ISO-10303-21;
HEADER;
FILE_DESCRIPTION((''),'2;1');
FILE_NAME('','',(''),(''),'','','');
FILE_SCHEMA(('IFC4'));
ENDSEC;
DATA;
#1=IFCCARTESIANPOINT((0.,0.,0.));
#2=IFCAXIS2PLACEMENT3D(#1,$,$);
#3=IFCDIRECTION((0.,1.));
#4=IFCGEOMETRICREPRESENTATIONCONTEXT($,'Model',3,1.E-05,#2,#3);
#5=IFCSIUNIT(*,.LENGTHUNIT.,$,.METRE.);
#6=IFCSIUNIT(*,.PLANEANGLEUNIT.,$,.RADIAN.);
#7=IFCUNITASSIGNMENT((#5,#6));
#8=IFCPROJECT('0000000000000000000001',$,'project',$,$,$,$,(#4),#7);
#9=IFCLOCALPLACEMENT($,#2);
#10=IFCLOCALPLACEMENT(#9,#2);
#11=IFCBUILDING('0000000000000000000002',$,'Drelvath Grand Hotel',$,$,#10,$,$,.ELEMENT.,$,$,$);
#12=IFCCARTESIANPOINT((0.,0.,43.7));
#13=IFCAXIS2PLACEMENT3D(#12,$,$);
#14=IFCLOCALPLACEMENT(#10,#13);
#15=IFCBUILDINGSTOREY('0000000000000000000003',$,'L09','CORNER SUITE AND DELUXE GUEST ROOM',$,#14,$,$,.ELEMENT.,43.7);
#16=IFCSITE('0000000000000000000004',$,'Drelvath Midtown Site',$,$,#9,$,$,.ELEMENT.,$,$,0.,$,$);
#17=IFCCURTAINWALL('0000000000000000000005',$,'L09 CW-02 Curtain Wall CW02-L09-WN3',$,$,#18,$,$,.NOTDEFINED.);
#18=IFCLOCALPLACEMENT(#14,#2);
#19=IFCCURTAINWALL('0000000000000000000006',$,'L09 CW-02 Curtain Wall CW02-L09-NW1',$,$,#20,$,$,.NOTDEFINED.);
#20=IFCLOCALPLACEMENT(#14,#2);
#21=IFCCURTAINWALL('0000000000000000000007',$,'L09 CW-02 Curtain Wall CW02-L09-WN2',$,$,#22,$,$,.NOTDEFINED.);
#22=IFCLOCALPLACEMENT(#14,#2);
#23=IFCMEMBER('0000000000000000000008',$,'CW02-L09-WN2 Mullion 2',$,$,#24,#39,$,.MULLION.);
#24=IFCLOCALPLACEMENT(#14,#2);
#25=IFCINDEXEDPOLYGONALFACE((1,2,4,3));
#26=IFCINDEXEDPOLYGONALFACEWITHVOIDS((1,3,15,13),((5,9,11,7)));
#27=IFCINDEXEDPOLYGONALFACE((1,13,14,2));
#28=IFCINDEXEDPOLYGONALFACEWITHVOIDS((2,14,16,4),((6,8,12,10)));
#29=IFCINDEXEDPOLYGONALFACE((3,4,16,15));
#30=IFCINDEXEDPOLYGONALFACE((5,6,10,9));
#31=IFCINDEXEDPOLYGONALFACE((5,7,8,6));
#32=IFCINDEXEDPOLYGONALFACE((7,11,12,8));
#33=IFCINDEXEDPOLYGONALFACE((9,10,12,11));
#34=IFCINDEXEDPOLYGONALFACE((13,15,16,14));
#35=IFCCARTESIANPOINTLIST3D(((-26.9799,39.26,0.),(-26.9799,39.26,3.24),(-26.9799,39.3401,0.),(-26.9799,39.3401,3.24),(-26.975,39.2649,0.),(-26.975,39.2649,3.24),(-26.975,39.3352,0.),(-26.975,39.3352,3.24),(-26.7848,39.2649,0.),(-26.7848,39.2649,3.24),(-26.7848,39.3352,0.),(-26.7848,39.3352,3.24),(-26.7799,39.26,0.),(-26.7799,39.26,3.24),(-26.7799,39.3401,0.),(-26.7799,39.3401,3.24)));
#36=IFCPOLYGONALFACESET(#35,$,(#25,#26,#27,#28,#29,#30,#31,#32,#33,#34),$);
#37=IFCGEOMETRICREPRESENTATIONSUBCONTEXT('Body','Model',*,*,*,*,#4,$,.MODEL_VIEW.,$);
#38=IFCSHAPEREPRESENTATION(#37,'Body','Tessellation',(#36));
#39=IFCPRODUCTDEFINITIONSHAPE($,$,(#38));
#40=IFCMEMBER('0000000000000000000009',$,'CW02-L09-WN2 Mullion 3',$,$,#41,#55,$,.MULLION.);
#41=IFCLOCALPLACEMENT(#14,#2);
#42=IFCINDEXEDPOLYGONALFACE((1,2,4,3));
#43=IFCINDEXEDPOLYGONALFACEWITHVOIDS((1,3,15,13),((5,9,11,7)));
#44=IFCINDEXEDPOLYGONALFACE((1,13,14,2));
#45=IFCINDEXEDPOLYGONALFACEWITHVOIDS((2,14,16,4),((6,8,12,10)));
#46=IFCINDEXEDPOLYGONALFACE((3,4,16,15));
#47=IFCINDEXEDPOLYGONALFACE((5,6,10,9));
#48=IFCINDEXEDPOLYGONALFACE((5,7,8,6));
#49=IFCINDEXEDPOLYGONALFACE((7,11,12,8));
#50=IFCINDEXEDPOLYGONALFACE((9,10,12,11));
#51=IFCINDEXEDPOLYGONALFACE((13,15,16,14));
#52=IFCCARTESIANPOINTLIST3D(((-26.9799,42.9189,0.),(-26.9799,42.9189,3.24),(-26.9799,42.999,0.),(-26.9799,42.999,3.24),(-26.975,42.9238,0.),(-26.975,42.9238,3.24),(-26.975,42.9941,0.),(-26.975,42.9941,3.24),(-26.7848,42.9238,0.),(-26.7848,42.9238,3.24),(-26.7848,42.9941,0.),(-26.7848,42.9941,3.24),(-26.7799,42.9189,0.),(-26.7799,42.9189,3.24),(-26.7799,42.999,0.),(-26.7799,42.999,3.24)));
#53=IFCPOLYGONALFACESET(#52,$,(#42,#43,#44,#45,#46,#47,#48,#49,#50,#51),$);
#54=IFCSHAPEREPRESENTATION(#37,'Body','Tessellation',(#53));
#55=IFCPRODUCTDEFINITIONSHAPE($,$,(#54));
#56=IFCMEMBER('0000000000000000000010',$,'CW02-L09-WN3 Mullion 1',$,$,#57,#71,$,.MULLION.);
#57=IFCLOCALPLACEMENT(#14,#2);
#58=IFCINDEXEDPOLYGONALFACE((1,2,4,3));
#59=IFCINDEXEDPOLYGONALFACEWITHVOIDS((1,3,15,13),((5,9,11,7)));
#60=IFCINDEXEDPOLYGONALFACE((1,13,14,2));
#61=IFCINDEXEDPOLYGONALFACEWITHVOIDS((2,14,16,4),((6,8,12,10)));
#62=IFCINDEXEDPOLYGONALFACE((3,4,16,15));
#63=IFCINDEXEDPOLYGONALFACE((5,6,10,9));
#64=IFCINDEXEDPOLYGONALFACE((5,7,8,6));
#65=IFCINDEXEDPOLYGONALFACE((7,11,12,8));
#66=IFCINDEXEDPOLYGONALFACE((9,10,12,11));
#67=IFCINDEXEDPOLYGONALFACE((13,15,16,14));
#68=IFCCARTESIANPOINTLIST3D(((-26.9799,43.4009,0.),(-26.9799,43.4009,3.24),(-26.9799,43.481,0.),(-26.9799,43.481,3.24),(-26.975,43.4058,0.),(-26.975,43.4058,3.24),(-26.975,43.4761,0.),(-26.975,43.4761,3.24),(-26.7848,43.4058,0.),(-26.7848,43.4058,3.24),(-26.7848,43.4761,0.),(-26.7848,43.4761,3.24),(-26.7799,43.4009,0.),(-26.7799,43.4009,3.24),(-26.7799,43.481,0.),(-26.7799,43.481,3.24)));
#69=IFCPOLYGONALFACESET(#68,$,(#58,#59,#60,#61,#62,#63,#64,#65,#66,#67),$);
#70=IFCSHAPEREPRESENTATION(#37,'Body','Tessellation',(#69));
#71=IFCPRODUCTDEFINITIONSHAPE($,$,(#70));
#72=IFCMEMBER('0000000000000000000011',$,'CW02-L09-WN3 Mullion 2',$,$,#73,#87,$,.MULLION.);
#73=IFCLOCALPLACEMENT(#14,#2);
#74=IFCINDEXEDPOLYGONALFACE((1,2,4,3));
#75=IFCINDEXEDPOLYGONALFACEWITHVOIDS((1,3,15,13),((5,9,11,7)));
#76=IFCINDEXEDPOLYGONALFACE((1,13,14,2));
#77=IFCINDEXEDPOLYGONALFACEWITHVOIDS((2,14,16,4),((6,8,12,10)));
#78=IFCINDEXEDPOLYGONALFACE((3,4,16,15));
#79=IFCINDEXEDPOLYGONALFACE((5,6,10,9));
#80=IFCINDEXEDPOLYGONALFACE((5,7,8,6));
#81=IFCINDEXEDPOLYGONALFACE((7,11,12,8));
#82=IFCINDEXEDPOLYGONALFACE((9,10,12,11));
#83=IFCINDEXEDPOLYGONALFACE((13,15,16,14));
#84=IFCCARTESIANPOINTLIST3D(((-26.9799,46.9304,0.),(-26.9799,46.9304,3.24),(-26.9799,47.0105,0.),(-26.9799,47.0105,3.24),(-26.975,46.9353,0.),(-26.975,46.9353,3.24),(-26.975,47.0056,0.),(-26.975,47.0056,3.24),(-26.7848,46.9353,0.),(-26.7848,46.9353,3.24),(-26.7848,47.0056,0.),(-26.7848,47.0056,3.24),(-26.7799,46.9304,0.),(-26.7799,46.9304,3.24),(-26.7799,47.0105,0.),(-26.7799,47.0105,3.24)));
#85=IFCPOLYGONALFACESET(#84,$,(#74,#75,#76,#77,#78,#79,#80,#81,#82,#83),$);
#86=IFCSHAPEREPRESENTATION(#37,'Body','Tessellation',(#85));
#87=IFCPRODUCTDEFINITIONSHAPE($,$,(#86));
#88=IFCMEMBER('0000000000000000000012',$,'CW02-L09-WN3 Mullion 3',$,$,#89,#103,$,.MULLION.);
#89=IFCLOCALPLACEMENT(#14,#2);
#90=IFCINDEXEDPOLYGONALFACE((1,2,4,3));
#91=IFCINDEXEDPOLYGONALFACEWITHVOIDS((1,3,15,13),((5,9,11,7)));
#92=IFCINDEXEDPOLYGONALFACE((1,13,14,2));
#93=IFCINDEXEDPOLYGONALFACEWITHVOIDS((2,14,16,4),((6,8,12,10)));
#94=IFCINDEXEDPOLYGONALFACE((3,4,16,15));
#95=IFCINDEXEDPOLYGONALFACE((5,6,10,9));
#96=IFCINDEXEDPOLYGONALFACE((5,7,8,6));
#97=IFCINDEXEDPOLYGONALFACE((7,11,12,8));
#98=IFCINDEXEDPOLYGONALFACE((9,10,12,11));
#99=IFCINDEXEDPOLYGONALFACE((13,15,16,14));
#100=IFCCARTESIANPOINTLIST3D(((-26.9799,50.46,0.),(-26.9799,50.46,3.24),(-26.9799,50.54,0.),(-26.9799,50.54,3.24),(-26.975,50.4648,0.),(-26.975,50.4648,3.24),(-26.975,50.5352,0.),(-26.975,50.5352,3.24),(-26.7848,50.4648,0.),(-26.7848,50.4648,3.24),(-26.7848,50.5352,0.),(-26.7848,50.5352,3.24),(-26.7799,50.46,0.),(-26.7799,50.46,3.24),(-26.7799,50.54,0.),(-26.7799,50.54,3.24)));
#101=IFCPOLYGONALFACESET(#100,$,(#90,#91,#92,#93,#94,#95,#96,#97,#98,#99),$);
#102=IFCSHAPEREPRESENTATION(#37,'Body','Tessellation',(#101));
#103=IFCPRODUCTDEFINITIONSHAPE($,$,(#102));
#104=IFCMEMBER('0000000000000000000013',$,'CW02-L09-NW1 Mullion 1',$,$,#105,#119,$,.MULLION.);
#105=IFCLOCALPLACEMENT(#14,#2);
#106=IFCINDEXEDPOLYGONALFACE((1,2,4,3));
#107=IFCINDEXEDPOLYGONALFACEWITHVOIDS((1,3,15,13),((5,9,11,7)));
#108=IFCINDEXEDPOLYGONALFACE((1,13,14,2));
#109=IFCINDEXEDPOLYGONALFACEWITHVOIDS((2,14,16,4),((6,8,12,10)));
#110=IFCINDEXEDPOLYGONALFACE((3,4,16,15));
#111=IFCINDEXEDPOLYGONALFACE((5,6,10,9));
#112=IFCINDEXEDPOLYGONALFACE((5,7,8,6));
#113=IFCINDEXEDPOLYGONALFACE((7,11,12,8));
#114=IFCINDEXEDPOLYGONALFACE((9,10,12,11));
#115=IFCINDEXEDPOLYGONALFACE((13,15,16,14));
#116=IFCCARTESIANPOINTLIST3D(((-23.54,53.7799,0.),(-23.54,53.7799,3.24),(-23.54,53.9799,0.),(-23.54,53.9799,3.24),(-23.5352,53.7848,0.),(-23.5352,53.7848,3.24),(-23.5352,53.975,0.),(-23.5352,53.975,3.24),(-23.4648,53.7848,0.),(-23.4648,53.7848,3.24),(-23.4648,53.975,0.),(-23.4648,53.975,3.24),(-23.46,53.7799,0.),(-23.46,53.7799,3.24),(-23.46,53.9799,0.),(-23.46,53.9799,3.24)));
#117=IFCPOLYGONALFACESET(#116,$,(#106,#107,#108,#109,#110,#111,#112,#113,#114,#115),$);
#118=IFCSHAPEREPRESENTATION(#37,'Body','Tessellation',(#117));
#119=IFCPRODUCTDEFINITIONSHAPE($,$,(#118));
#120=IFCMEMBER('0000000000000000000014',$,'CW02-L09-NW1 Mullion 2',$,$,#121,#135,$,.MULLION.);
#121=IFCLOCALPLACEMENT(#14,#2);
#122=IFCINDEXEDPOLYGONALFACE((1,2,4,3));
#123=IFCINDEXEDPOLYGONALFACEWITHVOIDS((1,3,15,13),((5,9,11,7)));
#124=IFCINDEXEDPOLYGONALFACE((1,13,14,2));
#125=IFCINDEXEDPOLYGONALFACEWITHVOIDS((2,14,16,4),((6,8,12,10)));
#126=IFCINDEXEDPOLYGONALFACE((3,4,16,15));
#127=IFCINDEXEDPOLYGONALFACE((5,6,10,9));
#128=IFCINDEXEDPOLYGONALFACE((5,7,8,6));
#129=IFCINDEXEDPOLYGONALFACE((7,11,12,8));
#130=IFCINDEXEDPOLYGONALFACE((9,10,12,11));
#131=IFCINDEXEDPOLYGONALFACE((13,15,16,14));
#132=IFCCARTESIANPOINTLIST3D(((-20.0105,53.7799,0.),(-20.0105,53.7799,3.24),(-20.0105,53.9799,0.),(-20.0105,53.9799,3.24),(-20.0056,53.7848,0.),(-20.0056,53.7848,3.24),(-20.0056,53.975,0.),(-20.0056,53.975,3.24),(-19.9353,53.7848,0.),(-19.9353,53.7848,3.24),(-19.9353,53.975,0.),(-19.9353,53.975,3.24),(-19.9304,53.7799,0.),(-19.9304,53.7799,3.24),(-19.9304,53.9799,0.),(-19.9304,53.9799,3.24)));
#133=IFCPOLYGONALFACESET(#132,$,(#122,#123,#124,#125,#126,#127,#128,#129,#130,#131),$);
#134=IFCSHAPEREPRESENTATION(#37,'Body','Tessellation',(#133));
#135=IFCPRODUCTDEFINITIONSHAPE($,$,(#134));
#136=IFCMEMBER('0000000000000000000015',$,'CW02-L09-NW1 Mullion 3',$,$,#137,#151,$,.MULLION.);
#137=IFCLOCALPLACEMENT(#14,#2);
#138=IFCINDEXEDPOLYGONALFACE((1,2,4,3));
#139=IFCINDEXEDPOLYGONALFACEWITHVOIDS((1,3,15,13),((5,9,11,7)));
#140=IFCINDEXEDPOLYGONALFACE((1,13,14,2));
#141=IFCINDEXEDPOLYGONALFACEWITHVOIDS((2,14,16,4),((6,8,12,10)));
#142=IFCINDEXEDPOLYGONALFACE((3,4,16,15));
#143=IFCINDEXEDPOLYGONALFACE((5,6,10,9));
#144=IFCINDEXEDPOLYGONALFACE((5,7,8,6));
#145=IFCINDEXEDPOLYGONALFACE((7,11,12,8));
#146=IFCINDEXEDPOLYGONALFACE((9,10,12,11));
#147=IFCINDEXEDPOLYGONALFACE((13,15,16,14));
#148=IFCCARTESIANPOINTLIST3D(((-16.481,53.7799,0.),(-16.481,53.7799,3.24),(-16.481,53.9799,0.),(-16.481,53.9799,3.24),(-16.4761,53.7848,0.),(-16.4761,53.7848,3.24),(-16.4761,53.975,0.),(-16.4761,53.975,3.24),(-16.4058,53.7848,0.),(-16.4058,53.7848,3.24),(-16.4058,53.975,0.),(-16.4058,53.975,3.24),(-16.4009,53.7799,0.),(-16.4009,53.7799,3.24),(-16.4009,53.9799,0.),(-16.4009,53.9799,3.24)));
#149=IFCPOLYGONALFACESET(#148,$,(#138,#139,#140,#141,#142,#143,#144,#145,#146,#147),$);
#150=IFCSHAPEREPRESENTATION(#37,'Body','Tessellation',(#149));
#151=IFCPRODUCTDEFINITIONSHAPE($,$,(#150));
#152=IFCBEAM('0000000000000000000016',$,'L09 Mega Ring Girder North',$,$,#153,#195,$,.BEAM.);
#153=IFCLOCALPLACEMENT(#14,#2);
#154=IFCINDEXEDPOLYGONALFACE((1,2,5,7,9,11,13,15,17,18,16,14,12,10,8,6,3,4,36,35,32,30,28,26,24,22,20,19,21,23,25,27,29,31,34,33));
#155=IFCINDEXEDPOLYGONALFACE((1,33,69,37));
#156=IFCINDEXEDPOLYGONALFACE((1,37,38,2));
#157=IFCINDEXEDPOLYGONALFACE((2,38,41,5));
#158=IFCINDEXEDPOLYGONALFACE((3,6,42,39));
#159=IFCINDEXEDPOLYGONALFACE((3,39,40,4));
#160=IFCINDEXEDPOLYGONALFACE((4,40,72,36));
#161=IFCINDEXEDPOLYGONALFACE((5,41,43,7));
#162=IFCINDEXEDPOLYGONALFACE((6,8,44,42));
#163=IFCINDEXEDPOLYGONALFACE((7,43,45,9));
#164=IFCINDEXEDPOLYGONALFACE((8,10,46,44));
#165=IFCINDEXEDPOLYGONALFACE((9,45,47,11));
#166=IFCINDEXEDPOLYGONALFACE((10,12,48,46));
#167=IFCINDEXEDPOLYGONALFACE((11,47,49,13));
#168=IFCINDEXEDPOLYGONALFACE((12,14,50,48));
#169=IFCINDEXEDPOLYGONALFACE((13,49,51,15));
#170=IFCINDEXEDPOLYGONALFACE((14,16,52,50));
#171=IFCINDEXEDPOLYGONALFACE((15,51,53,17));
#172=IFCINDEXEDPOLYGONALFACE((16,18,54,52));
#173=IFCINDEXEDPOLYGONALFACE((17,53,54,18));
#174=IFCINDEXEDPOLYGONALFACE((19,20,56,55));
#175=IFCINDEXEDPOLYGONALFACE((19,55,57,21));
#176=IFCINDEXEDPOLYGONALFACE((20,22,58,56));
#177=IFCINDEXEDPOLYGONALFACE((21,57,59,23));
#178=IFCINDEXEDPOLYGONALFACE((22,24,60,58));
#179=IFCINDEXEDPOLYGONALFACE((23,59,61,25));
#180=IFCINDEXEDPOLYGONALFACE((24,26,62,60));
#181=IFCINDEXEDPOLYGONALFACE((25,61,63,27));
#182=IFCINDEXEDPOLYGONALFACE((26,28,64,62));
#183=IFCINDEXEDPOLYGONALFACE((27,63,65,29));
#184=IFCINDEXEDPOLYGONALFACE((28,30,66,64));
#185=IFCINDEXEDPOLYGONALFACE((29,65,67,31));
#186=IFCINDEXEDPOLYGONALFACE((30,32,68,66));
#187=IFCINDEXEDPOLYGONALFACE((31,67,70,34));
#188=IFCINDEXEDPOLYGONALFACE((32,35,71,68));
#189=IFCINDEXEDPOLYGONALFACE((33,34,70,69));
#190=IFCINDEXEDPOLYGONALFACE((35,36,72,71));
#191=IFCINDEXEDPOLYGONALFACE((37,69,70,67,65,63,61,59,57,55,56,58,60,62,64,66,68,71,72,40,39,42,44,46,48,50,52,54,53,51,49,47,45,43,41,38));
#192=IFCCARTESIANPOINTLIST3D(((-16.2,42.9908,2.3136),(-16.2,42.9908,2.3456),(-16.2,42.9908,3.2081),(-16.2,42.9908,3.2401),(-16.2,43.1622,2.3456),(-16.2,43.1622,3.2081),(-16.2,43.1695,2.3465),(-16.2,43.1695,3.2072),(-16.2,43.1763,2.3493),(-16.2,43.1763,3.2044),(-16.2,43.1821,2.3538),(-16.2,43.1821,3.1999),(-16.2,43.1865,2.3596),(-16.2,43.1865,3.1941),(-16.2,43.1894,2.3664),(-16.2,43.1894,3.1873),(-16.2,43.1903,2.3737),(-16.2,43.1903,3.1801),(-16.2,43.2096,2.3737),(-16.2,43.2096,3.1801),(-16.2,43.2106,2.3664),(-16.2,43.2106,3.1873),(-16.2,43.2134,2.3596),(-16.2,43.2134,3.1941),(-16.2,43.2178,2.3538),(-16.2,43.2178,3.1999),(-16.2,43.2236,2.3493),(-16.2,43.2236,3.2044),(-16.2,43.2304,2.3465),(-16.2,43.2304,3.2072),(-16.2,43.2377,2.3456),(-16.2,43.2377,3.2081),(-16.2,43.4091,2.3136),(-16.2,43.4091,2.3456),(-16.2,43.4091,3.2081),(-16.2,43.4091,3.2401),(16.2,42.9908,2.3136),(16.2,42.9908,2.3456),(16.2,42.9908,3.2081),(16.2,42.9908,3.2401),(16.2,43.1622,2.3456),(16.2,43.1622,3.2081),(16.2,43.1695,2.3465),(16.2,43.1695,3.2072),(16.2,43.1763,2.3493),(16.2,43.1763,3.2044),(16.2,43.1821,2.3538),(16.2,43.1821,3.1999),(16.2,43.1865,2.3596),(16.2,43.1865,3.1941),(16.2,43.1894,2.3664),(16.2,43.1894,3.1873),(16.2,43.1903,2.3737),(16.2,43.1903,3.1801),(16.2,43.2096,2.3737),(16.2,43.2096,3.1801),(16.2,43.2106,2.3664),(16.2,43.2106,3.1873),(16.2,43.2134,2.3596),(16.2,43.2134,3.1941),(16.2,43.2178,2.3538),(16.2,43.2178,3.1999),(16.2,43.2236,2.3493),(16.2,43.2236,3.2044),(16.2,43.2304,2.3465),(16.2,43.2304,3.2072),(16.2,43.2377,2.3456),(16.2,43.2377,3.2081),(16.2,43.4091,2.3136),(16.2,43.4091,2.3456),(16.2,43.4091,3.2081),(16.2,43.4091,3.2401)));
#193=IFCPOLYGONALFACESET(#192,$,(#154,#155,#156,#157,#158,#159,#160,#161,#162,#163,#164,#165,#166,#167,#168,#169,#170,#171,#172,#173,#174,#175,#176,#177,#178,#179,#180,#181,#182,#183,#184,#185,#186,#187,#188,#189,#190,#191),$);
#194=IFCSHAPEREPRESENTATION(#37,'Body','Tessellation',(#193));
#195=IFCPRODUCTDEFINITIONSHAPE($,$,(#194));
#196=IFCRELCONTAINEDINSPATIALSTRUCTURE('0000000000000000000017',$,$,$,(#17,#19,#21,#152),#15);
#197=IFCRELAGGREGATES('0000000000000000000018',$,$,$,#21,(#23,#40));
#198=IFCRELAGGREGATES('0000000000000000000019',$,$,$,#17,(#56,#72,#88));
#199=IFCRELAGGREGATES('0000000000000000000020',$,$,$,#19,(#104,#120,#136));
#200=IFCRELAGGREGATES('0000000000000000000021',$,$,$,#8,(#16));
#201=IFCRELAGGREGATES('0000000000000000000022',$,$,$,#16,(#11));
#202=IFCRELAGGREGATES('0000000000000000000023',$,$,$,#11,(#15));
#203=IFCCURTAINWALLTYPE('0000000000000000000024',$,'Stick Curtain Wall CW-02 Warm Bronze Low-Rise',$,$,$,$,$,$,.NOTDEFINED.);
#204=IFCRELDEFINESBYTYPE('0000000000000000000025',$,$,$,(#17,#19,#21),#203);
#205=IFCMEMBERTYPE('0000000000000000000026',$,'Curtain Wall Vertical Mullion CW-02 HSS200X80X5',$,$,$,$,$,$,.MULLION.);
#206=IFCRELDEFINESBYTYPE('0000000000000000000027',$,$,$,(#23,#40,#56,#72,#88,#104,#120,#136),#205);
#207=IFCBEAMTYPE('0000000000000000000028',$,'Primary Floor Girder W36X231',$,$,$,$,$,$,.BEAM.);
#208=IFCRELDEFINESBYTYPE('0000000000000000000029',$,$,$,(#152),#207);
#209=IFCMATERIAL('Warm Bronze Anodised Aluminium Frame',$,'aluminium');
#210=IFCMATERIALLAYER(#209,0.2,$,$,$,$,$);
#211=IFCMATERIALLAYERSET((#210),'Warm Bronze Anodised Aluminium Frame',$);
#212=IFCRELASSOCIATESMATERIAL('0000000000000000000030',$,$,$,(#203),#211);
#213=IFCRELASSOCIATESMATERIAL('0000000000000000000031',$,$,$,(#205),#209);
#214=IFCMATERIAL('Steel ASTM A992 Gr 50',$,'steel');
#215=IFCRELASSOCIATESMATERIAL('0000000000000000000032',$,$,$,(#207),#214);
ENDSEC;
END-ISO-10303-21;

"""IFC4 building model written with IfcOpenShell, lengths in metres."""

from ifc_helpers import new_model, si_unit, direction, frame, origin, origin_2d, place, context, subcontext, project, spatial, hollow_rectangle, i_section, extrude, material, layer, layer_set, material_profile, profile_set, type_object, element, aggregate, save


model = new_model("IFC4")

# Units and contexts
model_context = context("Model", 3, precision=1e-05, world=origin(), true_north=direction((0.0, 1.0)))
body_context = subcontext(model_context, "Body", "Model", "MODEL_VIEW")
ifc_project = project(units=[si_unit("LENGTHUNIT", "METRE"), si_unit("PLANEANGLEUNIT", "RADIAN")], contexts=[model_context])

# Site, building, storey
site_placement = place(None, origin())
site = spatial("IfcSite", under=ifc_project, at=site_placement, Name="Drelvath Midtown Site", CompositionType="ELEMENT", RefElevation=0.0)
building_placement = place(site_placement, origin())
building = spatial("IfcBuilding", under=site, at=building_placement, Name="Drelvath Grand Hotel", CompositionType="ELEMENT")
storey_placement = place(building_placement, frame((0.0, 0.0, 43.7)))
storey = spatial("IfcBuildingStorey", under=building, at=storey_placement, Name="L09", Description="CORNER SUITE AND DELUXE GUEST ROOM", CompositionType="ELEMENT", Elevation=43.7)

# Shared definitions
ifc_material_1 = material(Name="Steel ASTM A992 Gr 50", Category="steel")

# Curtain walls
ifc_material_2 = material(Name="Warm Bronze Anodised Aluminium Frame", Category="aluminium")
ifc_layer_1 = layer(ifc_material_2, 0.2)
ifc_layer_set_1 = layer_set([ifc_layer_1], Name="Warm Bronze Anodised Aluminium Frame")
curtain_wall_type = type_object("IfcCurtainWallType", Name="Stick Curtain Wall CW-02 Warm Bronze Low-Rise", PredefinedType="NOTDEFINED", material=ifc_layer_set_1)
curtain_wall_1_placement = place(storey_placement, origin())
curtain_wall_1 = element("IfcCurtainWall", 1, at=curtain_wall_1_placement, inside=storey, type_object=curtain_wall_type, Name="L09 CW-02 Curtain Wall CW02-L09-WN3", PredefinedType="NOTDEFINED")
curtain_wall_2_placement = place(storey_placement, origin())
curtain_wall_2 = element("IfcCurtainWall", 2, at=curtain_wall_2_placement, inside=storey, type_object=curtain_wall_type, Name="L09 CW-02 Curtain Wall CW02-L09-NW1", PredefinedType="NOTDEFINED")

# Curtain wall, members
curtain_wall_3_placement = place(storey_placement, origin())
curtain_wall_3 = element("IfcCurtainWall", 3, at=curtain_wall_3_placement, inside=storey, type_object=curtain_wall_type, Name="L09 CW-02 Curtain Wall CW02-L09-WN2", PredefinedType="NOTDEFINED")
ifc_material_profile_1 = material_profile(ifc_material_2, hollow_rectangle(XDim=0.0801, YDim=0.2, WallThickness=0.0049, at=origin_2d()), Name="HSS200X80X5")
ifc_profile_set_1 = profile_set([ifc_material_profile_1], Name="Warm Bronze Anodised Aluminium Frame")
member_type_1 = type_object("IfcMemberType", Name="Curtain Wall Vertical Mullion CW-02 HSS200X80X5", PredefinedType="MULLION", material=ifc_profile_set_1)
member_1_placement = place(storey_placement, frame((-26.8799, 39.3, 0.0), z_axis=(0.0, 0.0, 1.0), x_axis=(0.0, 1.0, 0.0)))
member_1 = element("IfcMember", 4, at=member_1_placement, type_object=member_type_1, Name="CW02-L09-WN2 Mullion 2", PredefinedType="MULLION", context=body_context, shape_type="SweptSolid", body=[
    extrude(hollow_rectangle(XDim=0.0801, YDim=0.2, WallThickness=0.0049, at=origin_2d()), origin(), (0.0, 0.0, 1.0), 3.24),
])
member_2_placement = place(storey_placement, frame((-26.8799, 42.959, 0.0), z_axis=(0.0, 0.0, 1.0), x_axis=(0.0, 1.0, 0.0)))
member_2 = element("IfcMember", 5, at=member_2_placement, type_object=member_type_1, Name="CW02-L09-WN2 Mullion 3", PredefinedType="MULLION", context=body_context, shape_type="SweptSolid", body=[
    extrude(hollow_rectangle(XDim=0.0801, YDim=0.2, WallThickness=0.0049, at=origin_2d()), origin(), (0.0, 0.0, 1.0), 3.24),
])

# Members
member_3_placement = place(storey_placement, frame((-26.8799, 43.4409, 0.0), z_axis=(0.0, 0.0, 1.0), x_axis=(0.0, 1.0, 0.0)))
member_3 = element("IfcMember", 6, at=member_3_placement, type_object=member_type_1, Name="CW02-L09-WN3 Mullion 1", PredefinedType="MULLION", context=body_context, shape_type="SweptSolid", body=[
    extrude(hollow_rectangle(XDim=0.0801, YDim=0.2, WallThickness=0.0049, at=origin_2d()), origin(), (0.0, 0.0, 1.0), 3.24),
])
member_4_placement = place(storey_placement, frame((-26.8799, 46.9705, 0.0), z_axis=(0.0, 0.0, 1.0), x_axis=(0.0, 1.0, 0.0)))
member_4 = element("IfcMember", 7, at=member_4_placement, type_object=member_type_1, Name="CW02-L09-WN3 Mullion 2", PredefinedType="MULLION", context=body_context, shape_type="SweptSolid", body=[
    extrude(hollow_rectangle(XDim=0.0801, YDim=0.2, WallThickness=0.0049, at=origin_2d()), origin(), (0.0, 0.0, 1.0), 3.24),
])
member_5_placement = place(storey_placement, frame((-26.8799, 50.5, 0.0), z_axis=(0.0, 0.0, 1.0), x_axis=(0.0, 1.0, 0.0)))
member_5 = element("IfcMember", 8, at=member_5_placement, type_object=member_type_1, Name="CW02-L09-WN3 Mullion 3", PredefinedType="MULLION", context=body_context, shape_type="SweptSolid", body=[
    extrude(hollow_rectangle(XDim=0.0801, YDim=0.2, WallThickness=0.0049, at=origin_2d()), origin(), (0.0, 0.0, 1.0), 3.24),
])
member_6_placement = place(storey_placement, frame((-23.5, 53.8799, 0.0), z_axis=(0.0, 0.0, 1.0), x_axis=(1.0, 0.0, 0.0)))
member_6 = element("IfcMember", 9, at=member_6_placement, type_object=member_type_1, Name="CW02-L09-NW1 Mullion 1", PredefinedType="MULLION", context=body_context, shape_type="SweptSolid", body=[
    extrude(hollow_rectangle(XDim=0.0801, YDim=0.2, WallThickness=0.0049, at=origin_2d()), origin(), (0.0, 0.0, 1.0), 3.24),
])
member_7_placement = place(storey_placement, frame((-19.9705, 53.8799, 0.0), z_axis=(0.0, 0.0, 1.0), x_axis=(1.0, 0.0, 0.0)))
member_7 = element("IfcMember", 10, at=member_7_placement, type_object=member_type_1, Name="CW02-L09-NW1 Mullion 2", PredefinedType="MULLION", context=body_context, shape_type="SweptSolid", body=[
    extrude(hollow_rectangle(XDim=0.0801, YDim=0.2, WallThickness=0.0049, at=origin_2d()), origin(), (0.0, 0.0, 1.0), 3.24),
])
member_8_placement = place(storey_placement, frame((-16.4409, 53.8799, 0.0), z_axis=(0.0, 0.0, 1.0), x_axis=(1.0, 0.0, 0.0)))
member_8 = element("IfcMember", 11, at=member_8_placement, type_object=member_type_1, Name="CW02-L09-NW1 Mullion 3", PredefinedType="MULLION", context=body_context, shape_type="SweptSolid", body=[
    extrude(hollow_rectangle(XDim=0.0801, YDim=0.2, WallThickness=0.0049, at=origin_2d()), origin(), (0.0, 0.0, 1.0), 3.24),
])

# Beam
ifc_material_profile_2 = material_profile(ifc_material_1, i_section(OverallWidth=0.4182, OverallDepth=0.9265, WebThickness=0.0193, FlangeThickness=0.032, FilletRadius=0.0281, at=origin_2d()), Name="W36X231")
ifc_profile_set_2 = profile_set([ifc_material_profile_2], Name="Steel ASTM A992 Gr 50")
beam_type_1 = type_object("IfcBeamType", Name="Primary Floor Girder W36X231", PredefinedType="BEAM", material=ifc_profile_set_2)
beam_1_placement = place(storey_placement, frame((-16.2, 43.2, 2.7769), z_axis=(1.0, 0.0, 0.0), x_axis=(0.0, 1.0, 0.0)))
element("IfcBeam", 12, at=beam_1_placement, inside=storey, type_object=beam_type_1, Name="L09 Mega Ring Girder North", PredefinedType="BEAM", context=body_context, shape_type="SweptSolid", body=[
    extrude(i_section(OverallWidth=0.4182, OverallDepth=0.9265, WebThickness=0.0193, FlangeThickness=0.032, FilletRadius=0.0281, at=origin_2d()), origin(), (0.0, 0.0, 1.0), 32.3999),
])

aggregate(curtain_wall_3, [member_1, member_2])
aggregate(curtain_wall_1, [member_3, member_4, member_5])
aggregate(curtain_wall_2, [member_6, member_7, member_8])

save(model, "model.ifc")
